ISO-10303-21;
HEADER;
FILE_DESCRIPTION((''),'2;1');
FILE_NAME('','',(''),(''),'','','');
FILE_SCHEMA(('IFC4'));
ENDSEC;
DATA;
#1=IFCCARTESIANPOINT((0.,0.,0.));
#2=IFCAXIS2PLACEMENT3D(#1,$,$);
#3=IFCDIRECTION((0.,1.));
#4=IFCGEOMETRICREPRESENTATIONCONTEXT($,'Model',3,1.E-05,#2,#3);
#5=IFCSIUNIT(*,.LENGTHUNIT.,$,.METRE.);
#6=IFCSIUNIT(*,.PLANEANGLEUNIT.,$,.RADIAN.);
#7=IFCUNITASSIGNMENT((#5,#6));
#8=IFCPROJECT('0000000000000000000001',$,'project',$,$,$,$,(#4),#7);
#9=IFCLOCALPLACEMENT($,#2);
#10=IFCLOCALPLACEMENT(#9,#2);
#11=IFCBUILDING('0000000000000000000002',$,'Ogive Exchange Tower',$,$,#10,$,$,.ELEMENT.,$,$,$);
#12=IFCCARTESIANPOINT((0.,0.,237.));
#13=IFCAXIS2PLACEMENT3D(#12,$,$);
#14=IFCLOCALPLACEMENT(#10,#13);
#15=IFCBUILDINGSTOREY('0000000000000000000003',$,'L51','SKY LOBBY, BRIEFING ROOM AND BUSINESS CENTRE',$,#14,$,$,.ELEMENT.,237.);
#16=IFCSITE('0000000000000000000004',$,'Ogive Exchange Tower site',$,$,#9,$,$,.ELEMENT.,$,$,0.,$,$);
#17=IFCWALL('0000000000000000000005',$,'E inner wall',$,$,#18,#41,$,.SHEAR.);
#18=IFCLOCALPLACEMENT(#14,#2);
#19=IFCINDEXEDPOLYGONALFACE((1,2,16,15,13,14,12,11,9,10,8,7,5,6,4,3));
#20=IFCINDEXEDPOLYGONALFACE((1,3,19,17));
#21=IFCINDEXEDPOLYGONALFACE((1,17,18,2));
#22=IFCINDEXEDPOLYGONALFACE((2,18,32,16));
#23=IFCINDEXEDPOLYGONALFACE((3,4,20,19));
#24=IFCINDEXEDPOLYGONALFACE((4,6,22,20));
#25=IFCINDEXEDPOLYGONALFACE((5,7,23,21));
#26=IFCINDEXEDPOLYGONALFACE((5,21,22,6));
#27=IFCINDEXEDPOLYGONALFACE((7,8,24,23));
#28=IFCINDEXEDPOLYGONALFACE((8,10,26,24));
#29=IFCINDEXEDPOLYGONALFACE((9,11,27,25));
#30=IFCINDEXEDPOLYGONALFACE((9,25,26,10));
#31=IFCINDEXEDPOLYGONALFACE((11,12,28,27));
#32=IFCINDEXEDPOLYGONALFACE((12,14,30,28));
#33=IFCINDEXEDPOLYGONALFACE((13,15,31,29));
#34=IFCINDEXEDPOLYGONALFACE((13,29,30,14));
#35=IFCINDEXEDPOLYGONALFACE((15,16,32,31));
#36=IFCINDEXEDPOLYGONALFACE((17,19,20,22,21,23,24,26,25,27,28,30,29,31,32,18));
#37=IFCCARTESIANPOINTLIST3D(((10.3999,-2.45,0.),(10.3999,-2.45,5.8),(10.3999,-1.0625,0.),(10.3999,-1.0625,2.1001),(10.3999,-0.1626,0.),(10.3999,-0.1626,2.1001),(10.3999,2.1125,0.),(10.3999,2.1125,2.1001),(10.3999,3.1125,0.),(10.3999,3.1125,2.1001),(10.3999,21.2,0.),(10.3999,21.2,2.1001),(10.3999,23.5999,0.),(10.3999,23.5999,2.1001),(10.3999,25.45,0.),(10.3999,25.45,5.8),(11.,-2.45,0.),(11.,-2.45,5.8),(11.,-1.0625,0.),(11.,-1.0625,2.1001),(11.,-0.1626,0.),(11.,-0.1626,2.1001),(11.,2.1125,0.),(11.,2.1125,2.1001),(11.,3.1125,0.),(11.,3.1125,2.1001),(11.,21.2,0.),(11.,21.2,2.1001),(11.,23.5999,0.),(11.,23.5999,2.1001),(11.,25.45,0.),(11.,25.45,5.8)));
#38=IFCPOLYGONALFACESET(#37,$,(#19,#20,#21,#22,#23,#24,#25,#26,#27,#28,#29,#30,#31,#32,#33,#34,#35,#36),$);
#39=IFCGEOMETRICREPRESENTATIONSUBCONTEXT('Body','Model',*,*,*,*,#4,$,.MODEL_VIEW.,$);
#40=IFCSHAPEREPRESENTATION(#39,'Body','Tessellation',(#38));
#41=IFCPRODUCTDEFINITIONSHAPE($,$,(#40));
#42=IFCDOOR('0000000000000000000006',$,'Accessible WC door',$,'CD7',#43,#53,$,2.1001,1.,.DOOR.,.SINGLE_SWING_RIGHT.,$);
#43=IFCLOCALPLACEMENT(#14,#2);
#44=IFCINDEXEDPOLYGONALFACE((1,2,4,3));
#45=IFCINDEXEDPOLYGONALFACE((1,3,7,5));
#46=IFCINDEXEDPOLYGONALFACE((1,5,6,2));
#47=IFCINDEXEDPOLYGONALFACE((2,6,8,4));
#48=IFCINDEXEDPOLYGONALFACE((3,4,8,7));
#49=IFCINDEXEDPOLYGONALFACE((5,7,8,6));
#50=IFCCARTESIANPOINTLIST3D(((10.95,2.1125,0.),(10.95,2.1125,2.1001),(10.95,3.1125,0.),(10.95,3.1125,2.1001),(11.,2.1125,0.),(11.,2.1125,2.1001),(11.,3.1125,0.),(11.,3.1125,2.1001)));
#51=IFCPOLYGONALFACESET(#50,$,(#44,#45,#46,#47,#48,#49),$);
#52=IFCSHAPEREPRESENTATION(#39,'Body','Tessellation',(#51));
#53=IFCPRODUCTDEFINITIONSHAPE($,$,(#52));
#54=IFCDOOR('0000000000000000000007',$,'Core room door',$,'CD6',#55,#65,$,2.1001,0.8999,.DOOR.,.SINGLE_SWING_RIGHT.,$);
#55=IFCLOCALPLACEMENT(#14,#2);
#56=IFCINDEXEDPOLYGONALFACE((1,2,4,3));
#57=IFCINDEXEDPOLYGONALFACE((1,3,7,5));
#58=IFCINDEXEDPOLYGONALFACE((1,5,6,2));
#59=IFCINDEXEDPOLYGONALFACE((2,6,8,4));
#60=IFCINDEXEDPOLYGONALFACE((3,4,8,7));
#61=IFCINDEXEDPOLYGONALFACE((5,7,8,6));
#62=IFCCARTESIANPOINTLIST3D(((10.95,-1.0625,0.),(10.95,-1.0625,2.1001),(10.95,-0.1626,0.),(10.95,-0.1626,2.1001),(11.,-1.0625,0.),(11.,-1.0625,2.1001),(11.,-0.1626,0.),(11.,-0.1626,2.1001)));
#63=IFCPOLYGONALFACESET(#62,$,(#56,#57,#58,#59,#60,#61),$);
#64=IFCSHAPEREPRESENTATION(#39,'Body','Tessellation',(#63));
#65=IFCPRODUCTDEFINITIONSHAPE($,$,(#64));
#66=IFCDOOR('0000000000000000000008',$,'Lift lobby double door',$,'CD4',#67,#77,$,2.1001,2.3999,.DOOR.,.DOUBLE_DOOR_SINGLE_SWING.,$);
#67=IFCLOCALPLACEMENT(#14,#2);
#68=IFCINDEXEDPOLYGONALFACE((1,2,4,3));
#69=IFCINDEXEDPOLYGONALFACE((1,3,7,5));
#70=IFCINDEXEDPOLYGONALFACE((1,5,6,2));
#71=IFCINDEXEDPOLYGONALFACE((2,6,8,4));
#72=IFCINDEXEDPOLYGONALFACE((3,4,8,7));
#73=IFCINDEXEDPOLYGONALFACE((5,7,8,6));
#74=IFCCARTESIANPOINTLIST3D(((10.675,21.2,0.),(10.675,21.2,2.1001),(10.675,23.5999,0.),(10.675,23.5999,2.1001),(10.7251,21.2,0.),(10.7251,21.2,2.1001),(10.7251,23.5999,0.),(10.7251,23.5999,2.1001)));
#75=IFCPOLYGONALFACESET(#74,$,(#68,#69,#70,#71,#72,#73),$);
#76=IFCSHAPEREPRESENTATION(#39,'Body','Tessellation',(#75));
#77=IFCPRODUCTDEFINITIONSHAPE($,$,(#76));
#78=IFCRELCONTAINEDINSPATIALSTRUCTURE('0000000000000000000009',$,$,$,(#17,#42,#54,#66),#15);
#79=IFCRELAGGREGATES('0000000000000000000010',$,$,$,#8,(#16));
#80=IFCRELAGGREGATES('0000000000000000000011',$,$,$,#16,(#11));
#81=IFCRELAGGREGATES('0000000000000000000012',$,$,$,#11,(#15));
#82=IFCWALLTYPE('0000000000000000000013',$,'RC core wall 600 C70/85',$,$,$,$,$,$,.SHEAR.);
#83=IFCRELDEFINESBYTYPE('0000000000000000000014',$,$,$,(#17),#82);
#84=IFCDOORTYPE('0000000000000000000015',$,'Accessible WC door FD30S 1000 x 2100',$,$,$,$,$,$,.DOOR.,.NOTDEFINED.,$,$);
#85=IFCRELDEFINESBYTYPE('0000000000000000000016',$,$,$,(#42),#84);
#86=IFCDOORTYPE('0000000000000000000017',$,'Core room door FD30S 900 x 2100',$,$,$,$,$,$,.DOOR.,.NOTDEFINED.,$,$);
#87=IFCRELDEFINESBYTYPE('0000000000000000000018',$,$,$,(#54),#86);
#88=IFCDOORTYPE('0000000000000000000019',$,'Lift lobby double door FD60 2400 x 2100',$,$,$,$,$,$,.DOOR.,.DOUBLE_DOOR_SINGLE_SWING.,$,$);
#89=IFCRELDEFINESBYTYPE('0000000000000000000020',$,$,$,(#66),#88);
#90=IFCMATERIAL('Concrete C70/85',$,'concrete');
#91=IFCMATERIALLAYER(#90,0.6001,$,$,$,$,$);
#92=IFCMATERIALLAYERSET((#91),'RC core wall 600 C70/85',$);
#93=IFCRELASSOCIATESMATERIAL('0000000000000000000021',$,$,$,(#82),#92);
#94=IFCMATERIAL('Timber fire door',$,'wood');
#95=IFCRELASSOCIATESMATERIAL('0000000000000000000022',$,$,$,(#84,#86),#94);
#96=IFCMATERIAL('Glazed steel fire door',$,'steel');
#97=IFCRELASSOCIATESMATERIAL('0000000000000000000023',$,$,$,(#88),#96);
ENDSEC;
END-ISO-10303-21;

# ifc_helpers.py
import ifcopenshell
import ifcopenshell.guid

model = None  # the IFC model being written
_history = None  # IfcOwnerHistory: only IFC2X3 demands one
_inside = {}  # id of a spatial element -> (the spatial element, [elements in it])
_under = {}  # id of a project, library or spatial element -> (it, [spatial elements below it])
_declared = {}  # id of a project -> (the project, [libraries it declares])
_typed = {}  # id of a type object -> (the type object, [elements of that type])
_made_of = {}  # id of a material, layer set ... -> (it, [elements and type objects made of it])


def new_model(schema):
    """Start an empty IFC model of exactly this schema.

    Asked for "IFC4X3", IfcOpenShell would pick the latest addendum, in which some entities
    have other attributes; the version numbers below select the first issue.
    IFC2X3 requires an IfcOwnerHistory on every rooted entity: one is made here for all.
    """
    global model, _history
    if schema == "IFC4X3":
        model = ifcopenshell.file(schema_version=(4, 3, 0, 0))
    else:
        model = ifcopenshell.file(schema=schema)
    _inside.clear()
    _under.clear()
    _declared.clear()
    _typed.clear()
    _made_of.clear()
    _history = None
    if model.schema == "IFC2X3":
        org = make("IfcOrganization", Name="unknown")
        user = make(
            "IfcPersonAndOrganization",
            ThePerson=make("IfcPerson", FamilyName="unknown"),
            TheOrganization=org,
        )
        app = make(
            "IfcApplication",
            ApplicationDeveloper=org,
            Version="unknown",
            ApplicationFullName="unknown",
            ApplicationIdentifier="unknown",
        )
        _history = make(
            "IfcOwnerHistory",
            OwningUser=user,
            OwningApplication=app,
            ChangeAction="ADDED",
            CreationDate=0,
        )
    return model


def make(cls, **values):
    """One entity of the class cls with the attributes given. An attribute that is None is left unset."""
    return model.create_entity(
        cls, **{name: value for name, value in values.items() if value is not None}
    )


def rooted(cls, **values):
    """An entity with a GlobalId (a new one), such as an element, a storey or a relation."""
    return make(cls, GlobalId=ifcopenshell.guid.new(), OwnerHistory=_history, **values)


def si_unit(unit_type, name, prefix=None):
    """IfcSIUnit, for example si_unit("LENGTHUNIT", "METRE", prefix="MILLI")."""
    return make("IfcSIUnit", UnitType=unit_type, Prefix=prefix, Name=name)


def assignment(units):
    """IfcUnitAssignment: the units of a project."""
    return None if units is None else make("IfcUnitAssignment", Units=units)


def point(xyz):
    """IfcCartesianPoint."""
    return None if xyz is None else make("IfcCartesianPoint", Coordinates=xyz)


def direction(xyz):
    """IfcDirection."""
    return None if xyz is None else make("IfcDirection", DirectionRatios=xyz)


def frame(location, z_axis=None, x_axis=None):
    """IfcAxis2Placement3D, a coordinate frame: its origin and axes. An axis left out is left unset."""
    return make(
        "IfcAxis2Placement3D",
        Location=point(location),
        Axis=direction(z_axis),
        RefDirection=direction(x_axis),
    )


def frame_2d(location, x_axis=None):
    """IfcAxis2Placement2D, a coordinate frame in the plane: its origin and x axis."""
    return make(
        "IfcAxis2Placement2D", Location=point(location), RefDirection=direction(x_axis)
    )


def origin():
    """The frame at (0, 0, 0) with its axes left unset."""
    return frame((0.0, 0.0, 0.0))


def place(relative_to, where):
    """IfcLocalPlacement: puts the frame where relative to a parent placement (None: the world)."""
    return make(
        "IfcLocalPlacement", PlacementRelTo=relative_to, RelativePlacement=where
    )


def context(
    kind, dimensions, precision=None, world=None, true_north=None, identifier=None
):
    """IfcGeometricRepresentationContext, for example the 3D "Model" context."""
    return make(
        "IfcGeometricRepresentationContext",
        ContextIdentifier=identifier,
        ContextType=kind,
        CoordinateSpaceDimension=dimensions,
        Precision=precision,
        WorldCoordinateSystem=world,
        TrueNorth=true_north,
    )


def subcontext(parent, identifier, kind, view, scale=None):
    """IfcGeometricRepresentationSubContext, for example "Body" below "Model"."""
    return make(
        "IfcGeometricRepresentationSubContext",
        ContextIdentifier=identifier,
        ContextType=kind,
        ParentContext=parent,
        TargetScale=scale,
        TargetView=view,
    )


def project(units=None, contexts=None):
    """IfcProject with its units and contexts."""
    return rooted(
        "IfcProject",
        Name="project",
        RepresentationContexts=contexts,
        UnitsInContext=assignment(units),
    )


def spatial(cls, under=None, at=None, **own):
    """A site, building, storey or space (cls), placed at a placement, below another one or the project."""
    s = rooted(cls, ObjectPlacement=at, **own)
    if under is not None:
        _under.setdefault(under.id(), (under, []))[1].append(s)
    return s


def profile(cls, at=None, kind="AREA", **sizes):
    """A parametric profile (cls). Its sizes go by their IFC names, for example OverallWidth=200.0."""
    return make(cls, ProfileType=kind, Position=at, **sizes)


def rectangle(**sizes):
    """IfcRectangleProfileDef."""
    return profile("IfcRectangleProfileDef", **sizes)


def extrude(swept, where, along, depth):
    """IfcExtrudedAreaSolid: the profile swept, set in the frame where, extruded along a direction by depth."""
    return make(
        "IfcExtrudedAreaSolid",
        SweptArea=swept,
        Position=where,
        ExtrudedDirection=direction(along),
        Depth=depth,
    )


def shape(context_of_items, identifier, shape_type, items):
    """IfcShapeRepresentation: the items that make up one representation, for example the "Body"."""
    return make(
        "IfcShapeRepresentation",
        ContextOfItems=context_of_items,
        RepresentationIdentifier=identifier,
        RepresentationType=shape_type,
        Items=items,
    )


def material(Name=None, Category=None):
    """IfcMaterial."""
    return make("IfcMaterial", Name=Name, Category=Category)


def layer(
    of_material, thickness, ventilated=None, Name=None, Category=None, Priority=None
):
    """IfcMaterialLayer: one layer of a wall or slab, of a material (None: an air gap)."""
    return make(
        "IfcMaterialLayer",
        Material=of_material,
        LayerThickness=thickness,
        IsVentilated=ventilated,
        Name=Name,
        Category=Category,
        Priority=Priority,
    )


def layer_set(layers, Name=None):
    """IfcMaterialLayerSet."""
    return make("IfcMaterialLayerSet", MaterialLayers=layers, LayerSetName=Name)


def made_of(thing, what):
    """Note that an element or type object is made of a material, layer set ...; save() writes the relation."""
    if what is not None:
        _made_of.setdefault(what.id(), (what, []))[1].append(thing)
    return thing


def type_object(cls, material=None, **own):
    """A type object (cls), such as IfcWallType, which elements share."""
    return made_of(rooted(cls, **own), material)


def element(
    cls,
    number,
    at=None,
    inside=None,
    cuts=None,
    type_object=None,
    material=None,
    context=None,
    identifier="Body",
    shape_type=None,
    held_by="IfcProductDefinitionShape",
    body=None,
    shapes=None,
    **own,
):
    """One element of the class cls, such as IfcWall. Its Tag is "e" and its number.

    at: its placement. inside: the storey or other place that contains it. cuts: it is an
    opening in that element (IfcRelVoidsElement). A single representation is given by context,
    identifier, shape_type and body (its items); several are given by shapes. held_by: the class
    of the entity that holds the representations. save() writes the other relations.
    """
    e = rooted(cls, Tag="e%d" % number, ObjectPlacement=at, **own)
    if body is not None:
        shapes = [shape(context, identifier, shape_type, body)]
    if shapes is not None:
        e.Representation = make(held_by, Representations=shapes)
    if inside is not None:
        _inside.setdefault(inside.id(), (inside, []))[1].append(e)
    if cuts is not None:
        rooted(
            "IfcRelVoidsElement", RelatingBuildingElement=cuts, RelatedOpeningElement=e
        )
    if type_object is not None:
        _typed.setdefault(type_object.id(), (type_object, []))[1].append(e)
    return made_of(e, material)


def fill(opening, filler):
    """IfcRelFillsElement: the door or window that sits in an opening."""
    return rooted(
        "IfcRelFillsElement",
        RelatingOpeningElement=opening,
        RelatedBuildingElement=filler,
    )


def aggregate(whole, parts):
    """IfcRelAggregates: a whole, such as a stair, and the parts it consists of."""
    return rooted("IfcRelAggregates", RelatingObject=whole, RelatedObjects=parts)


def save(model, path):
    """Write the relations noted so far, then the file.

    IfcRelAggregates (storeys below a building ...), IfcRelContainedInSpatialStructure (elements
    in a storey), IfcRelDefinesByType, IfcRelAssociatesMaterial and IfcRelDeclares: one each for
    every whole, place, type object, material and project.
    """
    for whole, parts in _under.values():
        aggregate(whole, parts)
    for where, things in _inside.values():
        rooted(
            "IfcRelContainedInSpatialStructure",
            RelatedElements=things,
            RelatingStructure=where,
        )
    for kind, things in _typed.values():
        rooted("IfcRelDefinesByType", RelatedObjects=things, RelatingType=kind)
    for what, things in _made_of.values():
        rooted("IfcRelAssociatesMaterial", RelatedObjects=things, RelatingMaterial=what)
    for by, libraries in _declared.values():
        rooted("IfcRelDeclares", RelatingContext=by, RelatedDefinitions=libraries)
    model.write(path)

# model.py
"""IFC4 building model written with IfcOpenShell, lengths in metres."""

from ifc_helpers import new_model, si_unit, direction, frame, frame_2d, origin, place, context, subcontext, project, spatial, rectangle, extrude, material, layer, layer_set, type_object, element, fill, save


model = new_model("IFC4")

# Units and contexts
model_context = context("Model", 3, precision=1e-05, world=origin(), true_north=direction((0.0, 1.0)))
body_context = subcontext(model_context, "Body", "Model", "MODEL_VIEW")
ifc_project = project(units=[si_unit("LENGTHUNIT", "METRE"), si_unit("PLANEANGLEUNIT", "RADIAN")], contexts=[model_context])

# Site, building, storey
site_placement = place(None, origin())
site = spatial("IfcSite", under=ifc_project, at=site_placement, Name="Ogive Exchange Tower site", CompositionType="ELEMENT", RefElevation=0.0)
building_placement = place(site_placement, origin())
building = spatial("IfcBuilding", under=site, at=building_placement, Name="Ogive Exchange Tower", CompositionType="ELEMENT")
storey_placement = place(building_placement, frame((0.0, 0.0, 237.0)))
storey = spatial("IfcBuildingStorey", under=building, at=storey_placement, Name="L51", Description="SKY LOBBY, BRIEFING ROOM AND BUSINESS CENTRE", CompositionType="ELEMENT", Elevation=237.0)

# Shared definitions
ifc_material_1 = material(Name="Concrete C70/85", Category="concrete")

# Wall, openings, doors
ifc_layer_1 = layer(ifc_material_1, 0.6001)
ifc_layer_set_1 = layer_set([ifc_layer_1], Name="RC core wall 600 C70/85")
wall_type_1 = type_object("IfcWallType", Name="RC core wall 600 C70/85", PredefinedType="SHEAR", material=ifc_layer_set_1)
wall_1_placement = place(storey_placement, frame((10.7, -2.45, 0.0), z_axis=(0.0, 0.0, 1.0), x_axis=(0.0, 1.0, 0.0)))
wall_1 = element("IfcWall", 1, at=wall_1_placement, inside=storey, type_object=wall_type_1, Name="E inner wall", PredefinedType="SHEAR", context=body_context, shape_type="SweptSolid", body=[
    extrude(rectangle(XDim=27.8999, YDim=0.6001, at=frame_2d((13.95, 0.0))), origin(), (0.0, 0.0, 1.0), 5.8),
])
opening_1_placement = place(wall_1_placement, frame((23.6499, 0.0, 0.0)))
opening_1 = element("IfcOpeningElement", 2, at=opening_1_placement, cuts=wall_1, PredefinedType="OPENING", context=body_context, shape_type="SweptSolid", body=[
    extrude(rectangle(XDim=2.3999, YDim=2.1001, at=frame_2d((1.2, 1.05))), frame((0.0, 0.3101, 0.0), z_axis=(0.0, -1.0, 0.0), x_axis=(1.0, 0.0, 0.0)), (0.0, 0.0, 1.0), 0.6201),
])
opening_2_placement = place(wall_1_placement, frame((1.3875, 0.0, 0.0)))
opening_2 = element("IfcOpeningElement", 3, at=opening_2_placement, cuts=wall_1, PredefinedType="OPENING", context=body_context, shape_type="SweptSolid", body=[
    extrude(rectangle(XDim=0.8999, YDim=2.1001, at=frame_2d((0.45, 1.05))), frame((0.0, 0.3101, 0.0), z_axis=(0.0, -1.0, 0.0), x_axis=(1.0, 0.0, 0.0)), (0.0, 0.0, 1.0), 0.6201),
])
opening_3_placement = place(wall_1_placement, frame((4.5625, 0.0, 0.0)))
opening_3 = element("IfcOpeningElement", 4, at=opening_3_placement, cuts=wall_1, PredefinedType="OPENING", context=body_context, shape_type="SweptSolid", body=[
    extrude(rectangle(XDim=1.0, YDim=2.1001, at=frame_2d((0.5, 1.05))), frame((0.0, 0.3101, 0.0), z_axis=(0.0, -1.0, 0.0), x_axis=(1.0, 0.0, 0.0)), (0.0, 0.0, 1.0), 0.6201),
])
ifc_material_2 = material(Name="Timber fire door", Category="wood")
door_type_1 = type_object("IfcDoorType", Name="Accessible WC door FD30S 1000 x 2100", OperationType="NOTDEFINED", PredefinedType="DOOR", material=ifc_material_2)
door_1_placement = place(opening_3_placement, origin())
door_1 = element("IfcDoor", 5, at=door_1_placement, inside=storey, type_object=door_type_1, Name="Accessible WC door", ObjectType="CD7", OperationType="SINGLE_SWING_RIGHT", OverallHeight=2.1001, OverallWidth=1.0, PredefinedType="DOOR", context=body_context, shape_type="SweptSolid", body=[
    extrude(rectangle(XDim=1.0, YDim=2.1001, at=frame_2d((0.5, 1.05))), frame((0.0, -0.25, 0.0), z_axis=(0.0, -1.0, 0.0), x_axis=(1.0, 0.0, 0.0)), (0.0, 0.0, 1.0), 0.05),
])
fill(opening_3, door_1)
door_type_2 = type_object("IfcDoorType", Name="Core room door FD30S 900 x 2100", OperationType="NOTDEFINED", PredefinedType="DOOR", material=ifc_material_2)
door_2_placement = place(opening_2_placement, origin())
door_2 = element("IfcDoor", 6, at=door_2_placement, inside=storey, type_object=door_type_2, Name="Core room door", ObjectType="CD6", OperationType="SINGLE_SWING_RIGHT", OverallHeight=2.1001, OverallWidth=0.8999, PredefinedType="DOOR", context=body_context, shape_type="SweptSolid", body=[
    extrude(rectangle(XDim=0.8999, YDim=2.1001, at=frame_2d((0.45, 1.05))), frame((0.0, -0.25, 0.0), z_axis=(0.0, -1.0, 0.0), x_axis=(1.0, 0.0, 0.0)), (0.0, 0.0, 1.0), 0.05),
])
fill(opening_2, door_2)
ifc_material_3 = material(Name="Glazed steel fire door", Category="steel")
door_type_3 = type_object("IfcDoorType", Name="Lift lobby double door FD60 2400 x 2100", OperationType="DOUBLE_DOOR_SINGLE_SWING", PredefinedType="DOOR", material=ifc_material_3)
door_3_placement = place(opening_1_placement, origin())
door_3 = element("IfcDoor", 7, at=door_3_placement, inside=storey, type_object=door_type_3, Name="Lift lobby double door", ObjectType="CD4", OperationType="DOUBLE_DOOR_SINGLE_SWING", OverallHeight=2.1001, OverallWidth=2.3999, PredefinedType="DOOR", context=body_context, shape_type="SweptSolid", body=[
    extrude(rectangle(XDim=2.3999, YDim=2.1001, at=frame_2d((1.2, 1.05))), frame((0.0, 0.0249, 0.0), z_axis=(0.0, -1.0, 0.0), x_axis=(1.0, 0.0, 0.0)), (0.0, 0.0, 1.0), 0.05),
])
fill(opening_1, door_3)

save(model, "model.ifc")
